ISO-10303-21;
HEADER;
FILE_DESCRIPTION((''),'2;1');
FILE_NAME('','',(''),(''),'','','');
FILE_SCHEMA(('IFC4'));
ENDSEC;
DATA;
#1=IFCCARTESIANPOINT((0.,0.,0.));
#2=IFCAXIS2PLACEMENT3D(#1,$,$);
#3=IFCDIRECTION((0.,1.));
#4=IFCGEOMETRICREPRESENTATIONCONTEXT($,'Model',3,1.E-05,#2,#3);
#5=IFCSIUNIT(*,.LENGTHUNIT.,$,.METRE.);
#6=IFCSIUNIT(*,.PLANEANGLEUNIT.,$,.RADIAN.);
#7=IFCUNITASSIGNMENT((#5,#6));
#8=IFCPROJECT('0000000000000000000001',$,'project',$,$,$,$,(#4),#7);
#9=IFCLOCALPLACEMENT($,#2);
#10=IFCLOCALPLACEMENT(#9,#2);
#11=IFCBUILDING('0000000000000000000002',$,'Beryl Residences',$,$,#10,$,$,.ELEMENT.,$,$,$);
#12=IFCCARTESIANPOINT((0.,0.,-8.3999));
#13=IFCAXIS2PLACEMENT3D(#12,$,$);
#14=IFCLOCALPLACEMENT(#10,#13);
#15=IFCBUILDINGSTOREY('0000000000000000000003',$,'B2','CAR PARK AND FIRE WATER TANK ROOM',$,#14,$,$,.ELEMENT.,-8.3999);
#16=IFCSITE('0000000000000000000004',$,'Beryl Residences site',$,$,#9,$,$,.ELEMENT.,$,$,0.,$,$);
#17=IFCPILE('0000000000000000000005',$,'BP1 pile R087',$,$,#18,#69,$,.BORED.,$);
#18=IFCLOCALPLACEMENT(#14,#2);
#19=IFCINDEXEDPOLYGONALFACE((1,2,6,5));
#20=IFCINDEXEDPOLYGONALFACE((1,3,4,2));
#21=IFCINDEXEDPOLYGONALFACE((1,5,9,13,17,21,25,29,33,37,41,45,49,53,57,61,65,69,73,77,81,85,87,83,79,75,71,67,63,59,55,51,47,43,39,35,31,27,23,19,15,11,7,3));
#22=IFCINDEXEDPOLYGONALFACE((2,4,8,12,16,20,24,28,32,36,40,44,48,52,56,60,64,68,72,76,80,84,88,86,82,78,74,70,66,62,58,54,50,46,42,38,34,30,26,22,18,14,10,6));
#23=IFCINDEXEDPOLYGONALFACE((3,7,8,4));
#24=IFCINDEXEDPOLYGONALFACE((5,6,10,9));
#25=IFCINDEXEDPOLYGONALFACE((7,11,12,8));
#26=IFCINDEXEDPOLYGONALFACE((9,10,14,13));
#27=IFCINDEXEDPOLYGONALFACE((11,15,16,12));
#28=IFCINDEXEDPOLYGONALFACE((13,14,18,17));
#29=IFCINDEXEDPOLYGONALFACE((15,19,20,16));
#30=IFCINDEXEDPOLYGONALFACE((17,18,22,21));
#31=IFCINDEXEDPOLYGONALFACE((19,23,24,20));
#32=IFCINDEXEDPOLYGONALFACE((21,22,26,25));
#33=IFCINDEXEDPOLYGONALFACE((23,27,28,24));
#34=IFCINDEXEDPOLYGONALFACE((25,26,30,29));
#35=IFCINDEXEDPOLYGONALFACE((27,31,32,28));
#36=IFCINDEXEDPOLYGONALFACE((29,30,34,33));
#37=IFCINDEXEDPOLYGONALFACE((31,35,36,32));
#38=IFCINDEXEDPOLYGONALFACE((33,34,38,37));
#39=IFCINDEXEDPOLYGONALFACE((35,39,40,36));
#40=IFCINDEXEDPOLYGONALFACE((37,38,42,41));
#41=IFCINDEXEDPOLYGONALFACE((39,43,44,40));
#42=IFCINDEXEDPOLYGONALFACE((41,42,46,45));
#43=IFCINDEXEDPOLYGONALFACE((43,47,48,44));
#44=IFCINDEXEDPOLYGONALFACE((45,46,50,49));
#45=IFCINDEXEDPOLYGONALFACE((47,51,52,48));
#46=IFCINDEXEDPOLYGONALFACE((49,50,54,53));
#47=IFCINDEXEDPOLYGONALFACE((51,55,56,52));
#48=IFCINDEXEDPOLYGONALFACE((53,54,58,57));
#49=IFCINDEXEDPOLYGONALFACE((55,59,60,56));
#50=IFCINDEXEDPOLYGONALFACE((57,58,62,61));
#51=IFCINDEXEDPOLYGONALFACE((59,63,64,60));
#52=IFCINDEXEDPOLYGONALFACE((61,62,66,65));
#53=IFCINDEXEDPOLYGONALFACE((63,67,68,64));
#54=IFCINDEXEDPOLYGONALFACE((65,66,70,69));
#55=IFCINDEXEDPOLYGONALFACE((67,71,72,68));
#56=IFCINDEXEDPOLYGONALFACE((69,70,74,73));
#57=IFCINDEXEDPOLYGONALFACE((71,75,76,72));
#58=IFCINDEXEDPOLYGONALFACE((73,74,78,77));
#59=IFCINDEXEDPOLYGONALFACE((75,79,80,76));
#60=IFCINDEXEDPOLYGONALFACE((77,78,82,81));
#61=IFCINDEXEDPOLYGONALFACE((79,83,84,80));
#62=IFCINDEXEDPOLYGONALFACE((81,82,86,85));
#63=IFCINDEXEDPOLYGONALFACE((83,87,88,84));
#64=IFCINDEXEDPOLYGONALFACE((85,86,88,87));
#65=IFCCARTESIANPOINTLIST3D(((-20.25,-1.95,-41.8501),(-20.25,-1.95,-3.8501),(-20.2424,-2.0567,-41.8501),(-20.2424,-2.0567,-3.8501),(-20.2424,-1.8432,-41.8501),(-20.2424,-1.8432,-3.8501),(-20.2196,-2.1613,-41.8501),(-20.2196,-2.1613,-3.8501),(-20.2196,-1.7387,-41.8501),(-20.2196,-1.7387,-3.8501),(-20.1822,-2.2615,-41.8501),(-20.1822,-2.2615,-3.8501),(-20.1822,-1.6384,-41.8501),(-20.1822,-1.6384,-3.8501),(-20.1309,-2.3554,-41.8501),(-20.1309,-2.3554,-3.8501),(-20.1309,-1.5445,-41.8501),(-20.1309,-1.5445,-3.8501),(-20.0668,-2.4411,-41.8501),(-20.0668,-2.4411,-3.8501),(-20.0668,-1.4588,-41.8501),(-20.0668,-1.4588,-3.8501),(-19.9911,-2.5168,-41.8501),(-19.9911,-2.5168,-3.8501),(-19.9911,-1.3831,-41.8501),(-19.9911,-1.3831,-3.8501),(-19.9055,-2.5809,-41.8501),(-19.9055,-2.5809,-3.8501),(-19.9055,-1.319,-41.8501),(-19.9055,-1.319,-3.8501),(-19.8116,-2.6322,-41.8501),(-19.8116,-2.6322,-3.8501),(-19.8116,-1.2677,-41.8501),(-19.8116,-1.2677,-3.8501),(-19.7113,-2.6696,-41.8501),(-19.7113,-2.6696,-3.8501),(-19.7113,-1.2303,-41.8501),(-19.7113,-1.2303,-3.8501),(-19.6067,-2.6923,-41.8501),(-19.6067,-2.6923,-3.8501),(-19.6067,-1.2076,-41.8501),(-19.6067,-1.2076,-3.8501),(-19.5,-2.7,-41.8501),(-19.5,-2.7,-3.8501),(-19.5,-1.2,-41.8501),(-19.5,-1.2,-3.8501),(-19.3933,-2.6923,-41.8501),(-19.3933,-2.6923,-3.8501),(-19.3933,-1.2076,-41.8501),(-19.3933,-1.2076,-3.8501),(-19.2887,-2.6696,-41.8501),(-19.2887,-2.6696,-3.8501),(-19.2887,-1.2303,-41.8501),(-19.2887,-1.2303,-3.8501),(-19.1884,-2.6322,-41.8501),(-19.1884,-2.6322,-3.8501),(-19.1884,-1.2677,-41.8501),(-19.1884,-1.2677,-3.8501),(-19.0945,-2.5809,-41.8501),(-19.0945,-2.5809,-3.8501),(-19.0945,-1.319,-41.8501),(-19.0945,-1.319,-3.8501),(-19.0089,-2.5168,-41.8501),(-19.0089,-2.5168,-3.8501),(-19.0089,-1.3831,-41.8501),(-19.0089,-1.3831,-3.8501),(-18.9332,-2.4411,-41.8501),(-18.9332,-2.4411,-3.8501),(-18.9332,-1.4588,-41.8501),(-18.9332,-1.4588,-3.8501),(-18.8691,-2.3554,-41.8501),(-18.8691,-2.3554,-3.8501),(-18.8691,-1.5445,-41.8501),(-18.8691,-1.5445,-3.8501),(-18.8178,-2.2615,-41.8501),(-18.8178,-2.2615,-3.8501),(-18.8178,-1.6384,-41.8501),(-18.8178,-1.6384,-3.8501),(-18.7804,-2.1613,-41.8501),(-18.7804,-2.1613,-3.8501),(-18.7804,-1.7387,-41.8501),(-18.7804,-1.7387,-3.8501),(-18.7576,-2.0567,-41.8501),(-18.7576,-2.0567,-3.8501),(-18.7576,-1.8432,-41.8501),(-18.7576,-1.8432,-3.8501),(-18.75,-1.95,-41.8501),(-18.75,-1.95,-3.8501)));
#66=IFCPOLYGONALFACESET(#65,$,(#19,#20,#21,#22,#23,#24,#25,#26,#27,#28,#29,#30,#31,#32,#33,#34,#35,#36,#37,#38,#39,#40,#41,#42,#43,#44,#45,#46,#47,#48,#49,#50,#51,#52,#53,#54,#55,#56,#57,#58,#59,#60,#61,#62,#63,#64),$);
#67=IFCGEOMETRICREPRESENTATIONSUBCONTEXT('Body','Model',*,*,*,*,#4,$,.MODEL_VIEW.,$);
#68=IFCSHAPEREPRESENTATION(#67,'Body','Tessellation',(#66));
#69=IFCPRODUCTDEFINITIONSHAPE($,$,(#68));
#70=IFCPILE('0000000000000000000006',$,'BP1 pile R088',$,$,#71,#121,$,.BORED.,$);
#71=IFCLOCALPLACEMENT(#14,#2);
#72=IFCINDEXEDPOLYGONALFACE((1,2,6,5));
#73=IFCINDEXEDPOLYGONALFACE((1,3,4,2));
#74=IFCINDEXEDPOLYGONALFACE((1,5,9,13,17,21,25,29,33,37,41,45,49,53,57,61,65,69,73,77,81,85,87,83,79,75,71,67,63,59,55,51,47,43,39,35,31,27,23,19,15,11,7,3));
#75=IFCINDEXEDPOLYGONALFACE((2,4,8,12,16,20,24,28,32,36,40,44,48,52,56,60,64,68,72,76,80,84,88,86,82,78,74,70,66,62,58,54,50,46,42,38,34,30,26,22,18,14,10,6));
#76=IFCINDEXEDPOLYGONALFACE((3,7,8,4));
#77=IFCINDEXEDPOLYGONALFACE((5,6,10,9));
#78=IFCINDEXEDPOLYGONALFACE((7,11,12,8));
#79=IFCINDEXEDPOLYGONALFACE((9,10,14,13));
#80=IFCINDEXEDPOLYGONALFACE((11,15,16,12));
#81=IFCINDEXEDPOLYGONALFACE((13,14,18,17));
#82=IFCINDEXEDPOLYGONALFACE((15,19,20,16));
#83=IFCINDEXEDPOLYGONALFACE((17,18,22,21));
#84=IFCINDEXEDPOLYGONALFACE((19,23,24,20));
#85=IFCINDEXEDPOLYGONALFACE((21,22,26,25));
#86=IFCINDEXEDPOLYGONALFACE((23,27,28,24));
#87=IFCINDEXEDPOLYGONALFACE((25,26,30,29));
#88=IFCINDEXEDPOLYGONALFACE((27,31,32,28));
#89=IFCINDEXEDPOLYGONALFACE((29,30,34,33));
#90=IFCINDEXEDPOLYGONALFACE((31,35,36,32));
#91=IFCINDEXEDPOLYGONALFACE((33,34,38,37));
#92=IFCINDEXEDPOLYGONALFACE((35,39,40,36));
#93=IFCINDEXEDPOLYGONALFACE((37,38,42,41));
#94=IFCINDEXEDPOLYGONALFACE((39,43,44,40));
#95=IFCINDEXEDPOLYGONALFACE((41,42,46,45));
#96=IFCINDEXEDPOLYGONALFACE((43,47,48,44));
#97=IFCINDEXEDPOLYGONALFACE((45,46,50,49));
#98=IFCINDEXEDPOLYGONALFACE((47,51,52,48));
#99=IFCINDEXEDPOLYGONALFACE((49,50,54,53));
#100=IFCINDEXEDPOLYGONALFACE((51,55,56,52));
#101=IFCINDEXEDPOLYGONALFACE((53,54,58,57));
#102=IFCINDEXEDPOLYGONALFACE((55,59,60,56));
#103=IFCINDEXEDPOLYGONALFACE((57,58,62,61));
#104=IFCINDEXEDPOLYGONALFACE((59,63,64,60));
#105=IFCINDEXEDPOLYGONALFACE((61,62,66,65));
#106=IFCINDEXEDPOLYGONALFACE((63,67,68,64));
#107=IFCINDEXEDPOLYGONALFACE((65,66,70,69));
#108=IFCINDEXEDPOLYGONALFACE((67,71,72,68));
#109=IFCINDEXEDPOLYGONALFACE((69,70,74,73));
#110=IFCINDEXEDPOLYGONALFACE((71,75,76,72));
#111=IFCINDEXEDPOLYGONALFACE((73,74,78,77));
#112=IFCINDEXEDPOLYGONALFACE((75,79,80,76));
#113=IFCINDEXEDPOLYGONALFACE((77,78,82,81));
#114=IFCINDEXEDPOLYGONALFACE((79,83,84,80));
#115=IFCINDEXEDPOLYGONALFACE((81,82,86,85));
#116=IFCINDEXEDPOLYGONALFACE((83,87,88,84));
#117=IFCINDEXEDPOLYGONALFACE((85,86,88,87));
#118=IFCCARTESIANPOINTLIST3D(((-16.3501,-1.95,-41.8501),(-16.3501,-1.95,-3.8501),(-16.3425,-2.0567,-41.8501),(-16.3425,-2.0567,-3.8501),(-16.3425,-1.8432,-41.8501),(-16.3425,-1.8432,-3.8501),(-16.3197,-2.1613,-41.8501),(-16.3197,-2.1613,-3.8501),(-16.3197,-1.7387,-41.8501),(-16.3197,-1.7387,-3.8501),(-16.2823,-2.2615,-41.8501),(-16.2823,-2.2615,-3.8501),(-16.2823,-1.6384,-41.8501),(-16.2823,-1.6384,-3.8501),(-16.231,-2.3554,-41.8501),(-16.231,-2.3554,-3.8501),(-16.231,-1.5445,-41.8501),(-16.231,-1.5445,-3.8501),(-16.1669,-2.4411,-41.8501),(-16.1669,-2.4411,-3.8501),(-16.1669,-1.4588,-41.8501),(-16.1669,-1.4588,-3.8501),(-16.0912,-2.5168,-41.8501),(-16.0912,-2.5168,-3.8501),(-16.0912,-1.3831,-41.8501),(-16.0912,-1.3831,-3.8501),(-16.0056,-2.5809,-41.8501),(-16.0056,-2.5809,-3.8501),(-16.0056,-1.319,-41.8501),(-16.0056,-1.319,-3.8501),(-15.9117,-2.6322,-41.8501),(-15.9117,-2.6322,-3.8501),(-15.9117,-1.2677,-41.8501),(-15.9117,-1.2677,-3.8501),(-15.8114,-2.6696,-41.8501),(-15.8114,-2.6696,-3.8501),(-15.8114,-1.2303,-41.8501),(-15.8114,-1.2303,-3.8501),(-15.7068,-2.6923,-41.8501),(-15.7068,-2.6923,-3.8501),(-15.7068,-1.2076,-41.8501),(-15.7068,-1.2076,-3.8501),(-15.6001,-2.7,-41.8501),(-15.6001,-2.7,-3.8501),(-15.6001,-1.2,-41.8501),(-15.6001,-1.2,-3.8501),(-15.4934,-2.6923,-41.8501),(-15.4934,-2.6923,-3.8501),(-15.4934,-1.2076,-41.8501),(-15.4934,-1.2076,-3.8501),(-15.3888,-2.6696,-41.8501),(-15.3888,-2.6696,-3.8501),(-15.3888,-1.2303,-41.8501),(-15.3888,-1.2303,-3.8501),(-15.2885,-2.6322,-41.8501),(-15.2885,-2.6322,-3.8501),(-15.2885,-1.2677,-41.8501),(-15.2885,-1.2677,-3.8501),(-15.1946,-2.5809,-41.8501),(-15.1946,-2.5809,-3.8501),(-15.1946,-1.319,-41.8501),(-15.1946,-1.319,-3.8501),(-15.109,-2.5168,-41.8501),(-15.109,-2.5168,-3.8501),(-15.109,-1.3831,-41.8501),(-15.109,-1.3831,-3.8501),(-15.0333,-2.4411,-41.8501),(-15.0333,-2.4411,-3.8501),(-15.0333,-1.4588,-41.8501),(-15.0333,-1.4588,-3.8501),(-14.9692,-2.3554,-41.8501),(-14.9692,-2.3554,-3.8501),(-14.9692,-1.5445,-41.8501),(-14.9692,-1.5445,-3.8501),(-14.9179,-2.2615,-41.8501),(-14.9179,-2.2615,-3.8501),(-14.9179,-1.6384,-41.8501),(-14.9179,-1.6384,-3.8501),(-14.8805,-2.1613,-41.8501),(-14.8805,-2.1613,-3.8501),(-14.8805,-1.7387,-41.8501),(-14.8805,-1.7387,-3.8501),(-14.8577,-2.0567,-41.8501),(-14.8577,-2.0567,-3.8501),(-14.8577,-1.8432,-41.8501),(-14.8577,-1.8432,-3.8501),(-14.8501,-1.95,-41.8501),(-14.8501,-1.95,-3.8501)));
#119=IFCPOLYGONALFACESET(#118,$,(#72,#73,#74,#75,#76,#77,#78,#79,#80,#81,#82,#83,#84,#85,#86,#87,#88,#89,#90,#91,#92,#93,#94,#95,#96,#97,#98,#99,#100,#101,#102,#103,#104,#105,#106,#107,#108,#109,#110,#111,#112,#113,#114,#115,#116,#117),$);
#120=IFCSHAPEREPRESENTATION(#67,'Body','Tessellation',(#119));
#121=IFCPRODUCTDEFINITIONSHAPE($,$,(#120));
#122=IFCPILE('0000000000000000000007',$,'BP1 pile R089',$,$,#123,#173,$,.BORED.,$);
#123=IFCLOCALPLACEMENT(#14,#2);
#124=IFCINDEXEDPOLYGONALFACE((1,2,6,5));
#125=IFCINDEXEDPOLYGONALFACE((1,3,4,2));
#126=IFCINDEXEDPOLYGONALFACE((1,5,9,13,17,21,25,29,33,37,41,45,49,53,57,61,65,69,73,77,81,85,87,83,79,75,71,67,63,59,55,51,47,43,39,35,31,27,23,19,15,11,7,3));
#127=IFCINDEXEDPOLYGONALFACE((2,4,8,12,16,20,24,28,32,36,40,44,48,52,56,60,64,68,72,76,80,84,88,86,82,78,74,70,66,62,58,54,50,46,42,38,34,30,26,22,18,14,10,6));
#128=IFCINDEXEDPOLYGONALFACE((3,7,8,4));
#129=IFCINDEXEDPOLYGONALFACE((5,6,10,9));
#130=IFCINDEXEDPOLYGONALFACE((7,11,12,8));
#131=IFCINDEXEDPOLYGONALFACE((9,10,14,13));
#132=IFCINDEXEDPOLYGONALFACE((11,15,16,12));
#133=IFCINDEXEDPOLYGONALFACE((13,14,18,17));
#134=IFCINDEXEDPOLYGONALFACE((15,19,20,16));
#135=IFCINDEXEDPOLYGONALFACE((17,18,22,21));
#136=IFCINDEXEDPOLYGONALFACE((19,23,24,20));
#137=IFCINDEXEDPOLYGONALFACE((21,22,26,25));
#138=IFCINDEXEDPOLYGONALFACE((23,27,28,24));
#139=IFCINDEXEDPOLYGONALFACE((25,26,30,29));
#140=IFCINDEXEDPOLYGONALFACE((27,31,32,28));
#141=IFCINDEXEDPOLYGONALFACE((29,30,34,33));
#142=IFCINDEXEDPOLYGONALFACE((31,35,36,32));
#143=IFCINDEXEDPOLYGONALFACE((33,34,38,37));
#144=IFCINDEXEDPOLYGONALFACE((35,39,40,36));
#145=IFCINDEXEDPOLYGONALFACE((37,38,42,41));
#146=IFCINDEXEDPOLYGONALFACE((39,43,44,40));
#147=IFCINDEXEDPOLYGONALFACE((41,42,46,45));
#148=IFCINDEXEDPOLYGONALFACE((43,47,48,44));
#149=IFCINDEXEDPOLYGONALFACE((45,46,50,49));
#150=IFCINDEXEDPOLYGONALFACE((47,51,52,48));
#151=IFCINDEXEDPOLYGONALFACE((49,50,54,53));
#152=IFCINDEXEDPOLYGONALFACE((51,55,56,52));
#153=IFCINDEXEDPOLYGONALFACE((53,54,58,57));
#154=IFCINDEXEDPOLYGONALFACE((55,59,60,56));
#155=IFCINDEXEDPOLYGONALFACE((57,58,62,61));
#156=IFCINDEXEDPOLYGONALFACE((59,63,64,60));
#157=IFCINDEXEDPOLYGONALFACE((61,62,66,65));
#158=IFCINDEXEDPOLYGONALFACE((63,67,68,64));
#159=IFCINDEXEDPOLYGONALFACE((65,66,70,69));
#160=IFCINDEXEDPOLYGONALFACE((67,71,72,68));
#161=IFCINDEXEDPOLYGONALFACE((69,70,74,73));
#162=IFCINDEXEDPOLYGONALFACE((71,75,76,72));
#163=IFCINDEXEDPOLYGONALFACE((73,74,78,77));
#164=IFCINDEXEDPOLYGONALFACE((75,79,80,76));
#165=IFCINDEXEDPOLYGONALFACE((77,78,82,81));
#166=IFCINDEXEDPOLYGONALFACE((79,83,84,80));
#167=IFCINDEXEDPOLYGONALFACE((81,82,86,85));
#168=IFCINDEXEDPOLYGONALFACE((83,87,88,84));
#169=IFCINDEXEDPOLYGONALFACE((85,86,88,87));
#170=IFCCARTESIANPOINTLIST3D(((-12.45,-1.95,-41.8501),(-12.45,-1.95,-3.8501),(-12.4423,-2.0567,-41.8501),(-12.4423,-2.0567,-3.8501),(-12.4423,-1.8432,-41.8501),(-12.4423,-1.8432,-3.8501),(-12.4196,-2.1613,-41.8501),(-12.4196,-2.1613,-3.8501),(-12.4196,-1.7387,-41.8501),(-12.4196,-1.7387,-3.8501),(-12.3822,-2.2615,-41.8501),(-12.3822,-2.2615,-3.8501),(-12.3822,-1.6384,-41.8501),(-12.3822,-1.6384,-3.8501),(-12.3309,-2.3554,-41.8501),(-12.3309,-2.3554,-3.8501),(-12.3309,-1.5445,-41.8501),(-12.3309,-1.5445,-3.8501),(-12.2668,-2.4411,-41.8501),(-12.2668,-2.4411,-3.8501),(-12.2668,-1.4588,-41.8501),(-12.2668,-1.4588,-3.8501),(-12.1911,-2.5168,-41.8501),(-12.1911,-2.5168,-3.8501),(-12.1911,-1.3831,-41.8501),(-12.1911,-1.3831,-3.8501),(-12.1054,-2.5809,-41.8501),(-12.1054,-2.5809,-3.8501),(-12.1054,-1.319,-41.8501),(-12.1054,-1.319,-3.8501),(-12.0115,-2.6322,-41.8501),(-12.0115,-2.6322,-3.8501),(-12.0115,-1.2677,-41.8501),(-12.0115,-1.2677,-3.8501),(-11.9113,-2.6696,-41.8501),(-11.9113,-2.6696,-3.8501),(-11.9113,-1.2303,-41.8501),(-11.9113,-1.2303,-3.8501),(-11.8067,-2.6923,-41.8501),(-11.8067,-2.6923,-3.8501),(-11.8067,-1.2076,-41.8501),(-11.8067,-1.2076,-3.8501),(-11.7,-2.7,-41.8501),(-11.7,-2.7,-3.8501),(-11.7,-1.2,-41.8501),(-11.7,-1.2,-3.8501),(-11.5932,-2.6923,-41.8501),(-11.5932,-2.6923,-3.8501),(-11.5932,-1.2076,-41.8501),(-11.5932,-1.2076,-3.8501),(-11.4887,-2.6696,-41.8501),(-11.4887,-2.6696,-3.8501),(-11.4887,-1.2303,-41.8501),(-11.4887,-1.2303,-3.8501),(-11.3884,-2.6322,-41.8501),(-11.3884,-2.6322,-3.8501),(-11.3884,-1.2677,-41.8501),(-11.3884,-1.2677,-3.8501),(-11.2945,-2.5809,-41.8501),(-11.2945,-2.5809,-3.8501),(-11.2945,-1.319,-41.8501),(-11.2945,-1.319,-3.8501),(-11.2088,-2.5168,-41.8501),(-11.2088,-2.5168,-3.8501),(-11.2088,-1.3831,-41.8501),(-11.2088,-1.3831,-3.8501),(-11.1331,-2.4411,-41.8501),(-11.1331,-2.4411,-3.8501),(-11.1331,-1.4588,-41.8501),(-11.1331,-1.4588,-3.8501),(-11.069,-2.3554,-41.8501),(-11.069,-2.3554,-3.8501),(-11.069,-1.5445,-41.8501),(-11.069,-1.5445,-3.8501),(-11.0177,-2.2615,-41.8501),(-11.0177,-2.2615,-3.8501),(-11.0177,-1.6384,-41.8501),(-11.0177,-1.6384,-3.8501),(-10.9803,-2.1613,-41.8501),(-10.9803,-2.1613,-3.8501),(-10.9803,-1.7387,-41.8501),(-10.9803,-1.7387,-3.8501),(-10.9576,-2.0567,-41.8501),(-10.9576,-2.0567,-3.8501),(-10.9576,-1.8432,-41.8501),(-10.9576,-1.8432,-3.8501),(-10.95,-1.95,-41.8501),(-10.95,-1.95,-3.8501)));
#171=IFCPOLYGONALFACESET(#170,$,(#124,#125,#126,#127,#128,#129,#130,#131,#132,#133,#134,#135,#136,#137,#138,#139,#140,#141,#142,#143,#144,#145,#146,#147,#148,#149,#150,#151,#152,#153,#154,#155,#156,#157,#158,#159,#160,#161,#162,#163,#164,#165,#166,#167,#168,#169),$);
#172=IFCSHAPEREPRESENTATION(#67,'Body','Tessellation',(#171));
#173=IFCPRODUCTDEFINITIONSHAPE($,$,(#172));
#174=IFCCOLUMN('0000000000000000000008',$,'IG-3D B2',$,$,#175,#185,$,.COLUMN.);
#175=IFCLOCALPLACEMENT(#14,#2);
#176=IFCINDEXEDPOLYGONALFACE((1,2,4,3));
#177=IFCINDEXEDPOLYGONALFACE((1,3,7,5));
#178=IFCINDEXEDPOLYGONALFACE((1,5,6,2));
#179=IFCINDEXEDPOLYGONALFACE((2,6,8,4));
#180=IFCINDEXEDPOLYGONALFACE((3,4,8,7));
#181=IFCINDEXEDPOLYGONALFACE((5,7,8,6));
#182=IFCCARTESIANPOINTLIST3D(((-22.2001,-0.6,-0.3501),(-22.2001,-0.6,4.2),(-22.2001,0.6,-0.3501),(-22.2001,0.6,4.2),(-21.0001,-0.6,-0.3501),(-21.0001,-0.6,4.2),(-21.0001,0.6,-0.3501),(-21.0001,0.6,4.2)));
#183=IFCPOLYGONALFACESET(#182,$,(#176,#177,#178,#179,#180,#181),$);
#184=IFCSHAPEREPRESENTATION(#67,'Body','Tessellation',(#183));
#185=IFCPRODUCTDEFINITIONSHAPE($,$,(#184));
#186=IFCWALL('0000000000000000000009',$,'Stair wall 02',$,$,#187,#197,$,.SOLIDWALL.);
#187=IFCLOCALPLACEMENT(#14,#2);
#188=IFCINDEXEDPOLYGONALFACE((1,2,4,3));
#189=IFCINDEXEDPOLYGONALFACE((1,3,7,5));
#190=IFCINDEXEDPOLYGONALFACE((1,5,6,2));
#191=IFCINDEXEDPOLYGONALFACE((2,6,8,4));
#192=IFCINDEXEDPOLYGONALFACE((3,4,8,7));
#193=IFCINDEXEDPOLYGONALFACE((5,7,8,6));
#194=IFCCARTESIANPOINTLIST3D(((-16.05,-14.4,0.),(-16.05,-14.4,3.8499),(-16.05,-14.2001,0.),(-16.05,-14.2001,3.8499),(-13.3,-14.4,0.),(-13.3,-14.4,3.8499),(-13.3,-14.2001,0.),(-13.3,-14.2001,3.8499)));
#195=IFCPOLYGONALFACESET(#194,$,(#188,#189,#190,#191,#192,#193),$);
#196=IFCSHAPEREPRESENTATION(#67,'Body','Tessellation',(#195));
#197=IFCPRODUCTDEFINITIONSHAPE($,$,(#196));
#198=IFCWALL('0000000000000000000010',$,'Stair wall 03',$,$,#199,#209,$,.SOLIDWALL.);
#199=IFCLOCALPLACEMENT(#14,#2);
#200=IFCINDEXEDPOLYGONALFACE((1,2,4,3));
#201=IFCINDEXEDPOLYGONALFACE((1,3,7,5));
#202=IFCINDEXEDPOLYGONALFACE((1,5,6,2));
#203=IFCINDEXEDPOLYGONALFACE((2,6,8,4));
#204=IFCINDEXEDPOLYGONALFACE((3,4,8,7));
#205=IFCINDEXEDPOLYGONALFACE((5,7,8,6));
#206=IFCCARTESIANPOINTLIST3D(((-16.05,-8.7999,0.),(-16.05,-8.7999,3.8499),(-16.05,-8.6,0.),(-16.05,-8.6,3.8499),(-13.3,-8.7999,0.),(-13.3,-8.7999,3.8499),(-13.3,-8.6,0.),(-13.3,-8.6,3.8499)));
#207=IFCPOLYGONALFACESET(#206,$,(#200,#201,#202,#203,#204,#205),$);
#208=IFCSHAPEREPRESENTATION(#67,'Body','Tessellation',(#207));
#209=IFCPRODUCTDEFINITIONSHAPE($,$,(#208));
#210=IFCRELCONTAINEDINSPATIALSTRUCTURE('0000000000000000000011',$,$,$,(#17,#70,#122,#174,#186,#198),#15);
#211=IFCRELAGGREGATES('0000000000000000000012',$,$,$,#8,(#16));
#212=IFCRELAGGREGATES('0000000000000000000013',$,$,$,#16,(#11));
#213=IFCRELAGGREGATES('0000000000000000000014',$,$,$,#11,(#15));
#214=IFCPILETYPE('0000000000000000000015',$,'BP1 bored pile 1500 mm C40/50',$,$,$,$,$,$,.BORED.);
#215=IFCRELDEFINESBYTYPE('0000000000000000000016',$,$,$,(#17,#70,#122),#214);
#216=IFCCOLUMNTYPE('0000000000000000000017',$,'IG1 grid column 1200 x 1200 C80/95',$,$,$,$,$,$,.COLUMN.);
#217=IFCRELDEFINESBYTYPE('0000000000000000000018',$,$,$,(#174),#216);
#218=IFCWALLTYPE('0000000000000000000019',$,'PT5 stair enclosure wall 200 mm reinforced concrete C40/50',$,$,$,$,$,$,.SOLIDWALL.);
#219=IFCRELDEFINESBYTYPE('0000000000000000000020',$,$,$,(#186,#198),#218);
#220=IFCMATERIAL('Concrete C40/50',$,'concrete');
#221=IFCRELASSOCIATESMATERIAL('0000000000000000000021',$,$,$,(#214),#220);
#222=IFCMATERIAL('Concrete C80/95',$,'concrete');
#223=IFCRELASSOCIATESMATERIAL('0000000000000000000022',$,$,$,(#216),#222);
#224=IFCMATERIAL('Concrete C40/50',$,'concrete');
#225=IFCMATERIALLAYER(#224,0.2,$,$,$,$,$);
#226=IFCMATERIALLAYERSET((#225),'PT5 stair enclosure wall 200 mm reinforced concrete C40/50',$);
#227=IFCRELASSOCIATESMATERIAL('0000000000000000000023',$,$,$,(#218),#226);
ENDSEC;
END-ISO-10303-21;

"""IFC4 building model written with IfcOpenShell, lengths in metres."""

from ifc_helpers import new_model, si_unit, direction, frame, frame_2d, origin, origin_2d, place, context, subcontext, project, spatial, rectangle, circle, extrude, material, layer, layer_set, material_profile, profile_set, type_object, element, save


model = new_model("IFC4")

# Units and contexts
model_context = context("Model", 3, precision=1e-05, world=origin(), true_north=direction((0.0, 1.0)))
body_context = subcontext(model_context, "Body", "Model", "MODEL_VIEW")
ifc_project = project(units=[si_unit("LENGTHUNIT", "METRE"), si_unit("PLANEANGLEUNIT", "RADIAN")], contexts=[model_context])

# Site, building, storey
site_placement = place(None, origin())
site = spatial("IfcSite", under=ifc_project, at=site_placement, Name="Beryl Residences site", CompositionType="ELEMENT", RefElevation=0.0)
building_placement = place(site_placement, origin())
building = spatial("IfcBuilding", under=site, at=building_placement, Name="Beryl Residences", CompositionType="ELEMENT")
storey_placement = place(building_placement, frame((0.0, 0.0, -8.3999)))
storey = spatial("IfcBuildingStorey", under=building, at=storey_placement, Name="B2", Description="CAR PARK AND FIRE WATER TANK ROOM", CompositionType="ELEMENT", Elevation=-8.3999)

# Piles
ifc_material_1 = material(Name="Concrete C40/50", Category="concrete")
ifc_material_profile_1 = material_profile(ifc_material_1, circle(Radius=0.75, at=origin_2d()))
ifc_profile_set_1 = profile_set([ifc_material_profile_1], Name="Concrete C40/50")
pile_type = type_object("IfcPileType", Name="BP1 bored pile 1500 mm C40/50", PredefinedType="BORED", material=ifc_profile_set_1)
for number, where, z_axis, x_axis, name in (
    (1, (-19.5, -1.95, -3.8501), (0.0, 0.0, -1.0), (1.0, 0.0, 0.0), "BP1 pile R087"),
    (2, (-15.6001, -1.95, -3.8501), (0.0, 0.0, -1.0), (1.0, 0.0, 0.0), "BP1 pile R088"),
    (3, (-11.7, -1.95, -3.8501), (0.0, 0.0, -1.0), (1.0, 0.0, 0.0), "BP1 pile R089"),
):
    element("IfcPile", number, at=place(storey_placement, frame(where, z_axis=z_axis, x_axis=x_axis)), inside=storey, type_object=pile_type, Name=name, PredefinedType="BORED", context=body_context, shape_type="SweptSolid", body=[
        extrude(circle(Radius=0.75, at=origin_2d()), origin(), (0.0, 0.0, 1.0), 38.0),
    ])

# Column
ifc_material_2 = material(Name="Concrete C80/95", Category="concrete")
ifc_material_profile_2 = material_profile(ifc_material_2, rectangle(XDim=1.2, YDim=1.2, at=origin_2d()))
ifc_profile_set_2 = profile_set([ifc_material_profile_2], Name="Concrete C80/95")
column_type = type_object("IfcColumnType", Name="IG1 grid column 1200 x 1200 C80/95", PredefinedType="COLUMN", material=ifc_profile_set_2)
column_placement = place(storey_placement, frame((-21.6001, 0.0, -0.3501), z_axis=(0.0, 0.0, 1.0), x_axis=(1.0, 0.0, 0.0)))
element("IfcColumn", 4, at=column_placement, inside=storey, type_object=column_type, Name="IG-3D B2", PredefinedType="COLUMN", context=body_context, shape_type="SweptSolid", body=[
    extrude(rectangle(XDim=1.2, YDim=1.2, at=origin_2d()), origin(), (0.0, 0.0, 1.0), 4.55),
])

# Walls
ifc_material_3 = material(Name="Concrete C40/50", Category="concrete")
ifc_layer_1 = layer(ifc_material_3, 0.2)
ifc_layer_set_1 = layer_set([ifc_layer_1], Name="PT5 stair enclosure wall 200 mm reinforced concrete C40/50")
wall_type_1 = type_object("IfcWallType", Name="PT5 stair enclosure wall 200 mm reinforced concrete C40/50", PredefinedType="SOLIDWALL", material=ifc_layer_set_1)
for number, where, z_axis, x_axis, name in (
    (5, (-16.05, -14.3, 0.0), (0.0, 0.0, 1.0), (1.0, 0.0, 0.0), "Stair wall 02"),
    (6, (-16.05, -8.7, 0.0), (0.0, 0.0, 1.0), (1.0, 0.0, 0.0), "Stair wall 03"),
):
    element("IfcWall", number, at=place(storey_placement, frame(where, z_axis=z_axis, x_axis=x_axis)), inside=storey, type_object=wall_type_1, Name=name, PredefinedType="SOLIDWALL", context=body_context, shape_type="SweptSolid", body=[
        extrude(rectangle(XDim=2.75, YDim=0.2, at=frame_2d((1.375, 0.0))), origin(), (0.0, 0.0, 1.0), 3.8499),
    ])

save(model, "model.ifc")
